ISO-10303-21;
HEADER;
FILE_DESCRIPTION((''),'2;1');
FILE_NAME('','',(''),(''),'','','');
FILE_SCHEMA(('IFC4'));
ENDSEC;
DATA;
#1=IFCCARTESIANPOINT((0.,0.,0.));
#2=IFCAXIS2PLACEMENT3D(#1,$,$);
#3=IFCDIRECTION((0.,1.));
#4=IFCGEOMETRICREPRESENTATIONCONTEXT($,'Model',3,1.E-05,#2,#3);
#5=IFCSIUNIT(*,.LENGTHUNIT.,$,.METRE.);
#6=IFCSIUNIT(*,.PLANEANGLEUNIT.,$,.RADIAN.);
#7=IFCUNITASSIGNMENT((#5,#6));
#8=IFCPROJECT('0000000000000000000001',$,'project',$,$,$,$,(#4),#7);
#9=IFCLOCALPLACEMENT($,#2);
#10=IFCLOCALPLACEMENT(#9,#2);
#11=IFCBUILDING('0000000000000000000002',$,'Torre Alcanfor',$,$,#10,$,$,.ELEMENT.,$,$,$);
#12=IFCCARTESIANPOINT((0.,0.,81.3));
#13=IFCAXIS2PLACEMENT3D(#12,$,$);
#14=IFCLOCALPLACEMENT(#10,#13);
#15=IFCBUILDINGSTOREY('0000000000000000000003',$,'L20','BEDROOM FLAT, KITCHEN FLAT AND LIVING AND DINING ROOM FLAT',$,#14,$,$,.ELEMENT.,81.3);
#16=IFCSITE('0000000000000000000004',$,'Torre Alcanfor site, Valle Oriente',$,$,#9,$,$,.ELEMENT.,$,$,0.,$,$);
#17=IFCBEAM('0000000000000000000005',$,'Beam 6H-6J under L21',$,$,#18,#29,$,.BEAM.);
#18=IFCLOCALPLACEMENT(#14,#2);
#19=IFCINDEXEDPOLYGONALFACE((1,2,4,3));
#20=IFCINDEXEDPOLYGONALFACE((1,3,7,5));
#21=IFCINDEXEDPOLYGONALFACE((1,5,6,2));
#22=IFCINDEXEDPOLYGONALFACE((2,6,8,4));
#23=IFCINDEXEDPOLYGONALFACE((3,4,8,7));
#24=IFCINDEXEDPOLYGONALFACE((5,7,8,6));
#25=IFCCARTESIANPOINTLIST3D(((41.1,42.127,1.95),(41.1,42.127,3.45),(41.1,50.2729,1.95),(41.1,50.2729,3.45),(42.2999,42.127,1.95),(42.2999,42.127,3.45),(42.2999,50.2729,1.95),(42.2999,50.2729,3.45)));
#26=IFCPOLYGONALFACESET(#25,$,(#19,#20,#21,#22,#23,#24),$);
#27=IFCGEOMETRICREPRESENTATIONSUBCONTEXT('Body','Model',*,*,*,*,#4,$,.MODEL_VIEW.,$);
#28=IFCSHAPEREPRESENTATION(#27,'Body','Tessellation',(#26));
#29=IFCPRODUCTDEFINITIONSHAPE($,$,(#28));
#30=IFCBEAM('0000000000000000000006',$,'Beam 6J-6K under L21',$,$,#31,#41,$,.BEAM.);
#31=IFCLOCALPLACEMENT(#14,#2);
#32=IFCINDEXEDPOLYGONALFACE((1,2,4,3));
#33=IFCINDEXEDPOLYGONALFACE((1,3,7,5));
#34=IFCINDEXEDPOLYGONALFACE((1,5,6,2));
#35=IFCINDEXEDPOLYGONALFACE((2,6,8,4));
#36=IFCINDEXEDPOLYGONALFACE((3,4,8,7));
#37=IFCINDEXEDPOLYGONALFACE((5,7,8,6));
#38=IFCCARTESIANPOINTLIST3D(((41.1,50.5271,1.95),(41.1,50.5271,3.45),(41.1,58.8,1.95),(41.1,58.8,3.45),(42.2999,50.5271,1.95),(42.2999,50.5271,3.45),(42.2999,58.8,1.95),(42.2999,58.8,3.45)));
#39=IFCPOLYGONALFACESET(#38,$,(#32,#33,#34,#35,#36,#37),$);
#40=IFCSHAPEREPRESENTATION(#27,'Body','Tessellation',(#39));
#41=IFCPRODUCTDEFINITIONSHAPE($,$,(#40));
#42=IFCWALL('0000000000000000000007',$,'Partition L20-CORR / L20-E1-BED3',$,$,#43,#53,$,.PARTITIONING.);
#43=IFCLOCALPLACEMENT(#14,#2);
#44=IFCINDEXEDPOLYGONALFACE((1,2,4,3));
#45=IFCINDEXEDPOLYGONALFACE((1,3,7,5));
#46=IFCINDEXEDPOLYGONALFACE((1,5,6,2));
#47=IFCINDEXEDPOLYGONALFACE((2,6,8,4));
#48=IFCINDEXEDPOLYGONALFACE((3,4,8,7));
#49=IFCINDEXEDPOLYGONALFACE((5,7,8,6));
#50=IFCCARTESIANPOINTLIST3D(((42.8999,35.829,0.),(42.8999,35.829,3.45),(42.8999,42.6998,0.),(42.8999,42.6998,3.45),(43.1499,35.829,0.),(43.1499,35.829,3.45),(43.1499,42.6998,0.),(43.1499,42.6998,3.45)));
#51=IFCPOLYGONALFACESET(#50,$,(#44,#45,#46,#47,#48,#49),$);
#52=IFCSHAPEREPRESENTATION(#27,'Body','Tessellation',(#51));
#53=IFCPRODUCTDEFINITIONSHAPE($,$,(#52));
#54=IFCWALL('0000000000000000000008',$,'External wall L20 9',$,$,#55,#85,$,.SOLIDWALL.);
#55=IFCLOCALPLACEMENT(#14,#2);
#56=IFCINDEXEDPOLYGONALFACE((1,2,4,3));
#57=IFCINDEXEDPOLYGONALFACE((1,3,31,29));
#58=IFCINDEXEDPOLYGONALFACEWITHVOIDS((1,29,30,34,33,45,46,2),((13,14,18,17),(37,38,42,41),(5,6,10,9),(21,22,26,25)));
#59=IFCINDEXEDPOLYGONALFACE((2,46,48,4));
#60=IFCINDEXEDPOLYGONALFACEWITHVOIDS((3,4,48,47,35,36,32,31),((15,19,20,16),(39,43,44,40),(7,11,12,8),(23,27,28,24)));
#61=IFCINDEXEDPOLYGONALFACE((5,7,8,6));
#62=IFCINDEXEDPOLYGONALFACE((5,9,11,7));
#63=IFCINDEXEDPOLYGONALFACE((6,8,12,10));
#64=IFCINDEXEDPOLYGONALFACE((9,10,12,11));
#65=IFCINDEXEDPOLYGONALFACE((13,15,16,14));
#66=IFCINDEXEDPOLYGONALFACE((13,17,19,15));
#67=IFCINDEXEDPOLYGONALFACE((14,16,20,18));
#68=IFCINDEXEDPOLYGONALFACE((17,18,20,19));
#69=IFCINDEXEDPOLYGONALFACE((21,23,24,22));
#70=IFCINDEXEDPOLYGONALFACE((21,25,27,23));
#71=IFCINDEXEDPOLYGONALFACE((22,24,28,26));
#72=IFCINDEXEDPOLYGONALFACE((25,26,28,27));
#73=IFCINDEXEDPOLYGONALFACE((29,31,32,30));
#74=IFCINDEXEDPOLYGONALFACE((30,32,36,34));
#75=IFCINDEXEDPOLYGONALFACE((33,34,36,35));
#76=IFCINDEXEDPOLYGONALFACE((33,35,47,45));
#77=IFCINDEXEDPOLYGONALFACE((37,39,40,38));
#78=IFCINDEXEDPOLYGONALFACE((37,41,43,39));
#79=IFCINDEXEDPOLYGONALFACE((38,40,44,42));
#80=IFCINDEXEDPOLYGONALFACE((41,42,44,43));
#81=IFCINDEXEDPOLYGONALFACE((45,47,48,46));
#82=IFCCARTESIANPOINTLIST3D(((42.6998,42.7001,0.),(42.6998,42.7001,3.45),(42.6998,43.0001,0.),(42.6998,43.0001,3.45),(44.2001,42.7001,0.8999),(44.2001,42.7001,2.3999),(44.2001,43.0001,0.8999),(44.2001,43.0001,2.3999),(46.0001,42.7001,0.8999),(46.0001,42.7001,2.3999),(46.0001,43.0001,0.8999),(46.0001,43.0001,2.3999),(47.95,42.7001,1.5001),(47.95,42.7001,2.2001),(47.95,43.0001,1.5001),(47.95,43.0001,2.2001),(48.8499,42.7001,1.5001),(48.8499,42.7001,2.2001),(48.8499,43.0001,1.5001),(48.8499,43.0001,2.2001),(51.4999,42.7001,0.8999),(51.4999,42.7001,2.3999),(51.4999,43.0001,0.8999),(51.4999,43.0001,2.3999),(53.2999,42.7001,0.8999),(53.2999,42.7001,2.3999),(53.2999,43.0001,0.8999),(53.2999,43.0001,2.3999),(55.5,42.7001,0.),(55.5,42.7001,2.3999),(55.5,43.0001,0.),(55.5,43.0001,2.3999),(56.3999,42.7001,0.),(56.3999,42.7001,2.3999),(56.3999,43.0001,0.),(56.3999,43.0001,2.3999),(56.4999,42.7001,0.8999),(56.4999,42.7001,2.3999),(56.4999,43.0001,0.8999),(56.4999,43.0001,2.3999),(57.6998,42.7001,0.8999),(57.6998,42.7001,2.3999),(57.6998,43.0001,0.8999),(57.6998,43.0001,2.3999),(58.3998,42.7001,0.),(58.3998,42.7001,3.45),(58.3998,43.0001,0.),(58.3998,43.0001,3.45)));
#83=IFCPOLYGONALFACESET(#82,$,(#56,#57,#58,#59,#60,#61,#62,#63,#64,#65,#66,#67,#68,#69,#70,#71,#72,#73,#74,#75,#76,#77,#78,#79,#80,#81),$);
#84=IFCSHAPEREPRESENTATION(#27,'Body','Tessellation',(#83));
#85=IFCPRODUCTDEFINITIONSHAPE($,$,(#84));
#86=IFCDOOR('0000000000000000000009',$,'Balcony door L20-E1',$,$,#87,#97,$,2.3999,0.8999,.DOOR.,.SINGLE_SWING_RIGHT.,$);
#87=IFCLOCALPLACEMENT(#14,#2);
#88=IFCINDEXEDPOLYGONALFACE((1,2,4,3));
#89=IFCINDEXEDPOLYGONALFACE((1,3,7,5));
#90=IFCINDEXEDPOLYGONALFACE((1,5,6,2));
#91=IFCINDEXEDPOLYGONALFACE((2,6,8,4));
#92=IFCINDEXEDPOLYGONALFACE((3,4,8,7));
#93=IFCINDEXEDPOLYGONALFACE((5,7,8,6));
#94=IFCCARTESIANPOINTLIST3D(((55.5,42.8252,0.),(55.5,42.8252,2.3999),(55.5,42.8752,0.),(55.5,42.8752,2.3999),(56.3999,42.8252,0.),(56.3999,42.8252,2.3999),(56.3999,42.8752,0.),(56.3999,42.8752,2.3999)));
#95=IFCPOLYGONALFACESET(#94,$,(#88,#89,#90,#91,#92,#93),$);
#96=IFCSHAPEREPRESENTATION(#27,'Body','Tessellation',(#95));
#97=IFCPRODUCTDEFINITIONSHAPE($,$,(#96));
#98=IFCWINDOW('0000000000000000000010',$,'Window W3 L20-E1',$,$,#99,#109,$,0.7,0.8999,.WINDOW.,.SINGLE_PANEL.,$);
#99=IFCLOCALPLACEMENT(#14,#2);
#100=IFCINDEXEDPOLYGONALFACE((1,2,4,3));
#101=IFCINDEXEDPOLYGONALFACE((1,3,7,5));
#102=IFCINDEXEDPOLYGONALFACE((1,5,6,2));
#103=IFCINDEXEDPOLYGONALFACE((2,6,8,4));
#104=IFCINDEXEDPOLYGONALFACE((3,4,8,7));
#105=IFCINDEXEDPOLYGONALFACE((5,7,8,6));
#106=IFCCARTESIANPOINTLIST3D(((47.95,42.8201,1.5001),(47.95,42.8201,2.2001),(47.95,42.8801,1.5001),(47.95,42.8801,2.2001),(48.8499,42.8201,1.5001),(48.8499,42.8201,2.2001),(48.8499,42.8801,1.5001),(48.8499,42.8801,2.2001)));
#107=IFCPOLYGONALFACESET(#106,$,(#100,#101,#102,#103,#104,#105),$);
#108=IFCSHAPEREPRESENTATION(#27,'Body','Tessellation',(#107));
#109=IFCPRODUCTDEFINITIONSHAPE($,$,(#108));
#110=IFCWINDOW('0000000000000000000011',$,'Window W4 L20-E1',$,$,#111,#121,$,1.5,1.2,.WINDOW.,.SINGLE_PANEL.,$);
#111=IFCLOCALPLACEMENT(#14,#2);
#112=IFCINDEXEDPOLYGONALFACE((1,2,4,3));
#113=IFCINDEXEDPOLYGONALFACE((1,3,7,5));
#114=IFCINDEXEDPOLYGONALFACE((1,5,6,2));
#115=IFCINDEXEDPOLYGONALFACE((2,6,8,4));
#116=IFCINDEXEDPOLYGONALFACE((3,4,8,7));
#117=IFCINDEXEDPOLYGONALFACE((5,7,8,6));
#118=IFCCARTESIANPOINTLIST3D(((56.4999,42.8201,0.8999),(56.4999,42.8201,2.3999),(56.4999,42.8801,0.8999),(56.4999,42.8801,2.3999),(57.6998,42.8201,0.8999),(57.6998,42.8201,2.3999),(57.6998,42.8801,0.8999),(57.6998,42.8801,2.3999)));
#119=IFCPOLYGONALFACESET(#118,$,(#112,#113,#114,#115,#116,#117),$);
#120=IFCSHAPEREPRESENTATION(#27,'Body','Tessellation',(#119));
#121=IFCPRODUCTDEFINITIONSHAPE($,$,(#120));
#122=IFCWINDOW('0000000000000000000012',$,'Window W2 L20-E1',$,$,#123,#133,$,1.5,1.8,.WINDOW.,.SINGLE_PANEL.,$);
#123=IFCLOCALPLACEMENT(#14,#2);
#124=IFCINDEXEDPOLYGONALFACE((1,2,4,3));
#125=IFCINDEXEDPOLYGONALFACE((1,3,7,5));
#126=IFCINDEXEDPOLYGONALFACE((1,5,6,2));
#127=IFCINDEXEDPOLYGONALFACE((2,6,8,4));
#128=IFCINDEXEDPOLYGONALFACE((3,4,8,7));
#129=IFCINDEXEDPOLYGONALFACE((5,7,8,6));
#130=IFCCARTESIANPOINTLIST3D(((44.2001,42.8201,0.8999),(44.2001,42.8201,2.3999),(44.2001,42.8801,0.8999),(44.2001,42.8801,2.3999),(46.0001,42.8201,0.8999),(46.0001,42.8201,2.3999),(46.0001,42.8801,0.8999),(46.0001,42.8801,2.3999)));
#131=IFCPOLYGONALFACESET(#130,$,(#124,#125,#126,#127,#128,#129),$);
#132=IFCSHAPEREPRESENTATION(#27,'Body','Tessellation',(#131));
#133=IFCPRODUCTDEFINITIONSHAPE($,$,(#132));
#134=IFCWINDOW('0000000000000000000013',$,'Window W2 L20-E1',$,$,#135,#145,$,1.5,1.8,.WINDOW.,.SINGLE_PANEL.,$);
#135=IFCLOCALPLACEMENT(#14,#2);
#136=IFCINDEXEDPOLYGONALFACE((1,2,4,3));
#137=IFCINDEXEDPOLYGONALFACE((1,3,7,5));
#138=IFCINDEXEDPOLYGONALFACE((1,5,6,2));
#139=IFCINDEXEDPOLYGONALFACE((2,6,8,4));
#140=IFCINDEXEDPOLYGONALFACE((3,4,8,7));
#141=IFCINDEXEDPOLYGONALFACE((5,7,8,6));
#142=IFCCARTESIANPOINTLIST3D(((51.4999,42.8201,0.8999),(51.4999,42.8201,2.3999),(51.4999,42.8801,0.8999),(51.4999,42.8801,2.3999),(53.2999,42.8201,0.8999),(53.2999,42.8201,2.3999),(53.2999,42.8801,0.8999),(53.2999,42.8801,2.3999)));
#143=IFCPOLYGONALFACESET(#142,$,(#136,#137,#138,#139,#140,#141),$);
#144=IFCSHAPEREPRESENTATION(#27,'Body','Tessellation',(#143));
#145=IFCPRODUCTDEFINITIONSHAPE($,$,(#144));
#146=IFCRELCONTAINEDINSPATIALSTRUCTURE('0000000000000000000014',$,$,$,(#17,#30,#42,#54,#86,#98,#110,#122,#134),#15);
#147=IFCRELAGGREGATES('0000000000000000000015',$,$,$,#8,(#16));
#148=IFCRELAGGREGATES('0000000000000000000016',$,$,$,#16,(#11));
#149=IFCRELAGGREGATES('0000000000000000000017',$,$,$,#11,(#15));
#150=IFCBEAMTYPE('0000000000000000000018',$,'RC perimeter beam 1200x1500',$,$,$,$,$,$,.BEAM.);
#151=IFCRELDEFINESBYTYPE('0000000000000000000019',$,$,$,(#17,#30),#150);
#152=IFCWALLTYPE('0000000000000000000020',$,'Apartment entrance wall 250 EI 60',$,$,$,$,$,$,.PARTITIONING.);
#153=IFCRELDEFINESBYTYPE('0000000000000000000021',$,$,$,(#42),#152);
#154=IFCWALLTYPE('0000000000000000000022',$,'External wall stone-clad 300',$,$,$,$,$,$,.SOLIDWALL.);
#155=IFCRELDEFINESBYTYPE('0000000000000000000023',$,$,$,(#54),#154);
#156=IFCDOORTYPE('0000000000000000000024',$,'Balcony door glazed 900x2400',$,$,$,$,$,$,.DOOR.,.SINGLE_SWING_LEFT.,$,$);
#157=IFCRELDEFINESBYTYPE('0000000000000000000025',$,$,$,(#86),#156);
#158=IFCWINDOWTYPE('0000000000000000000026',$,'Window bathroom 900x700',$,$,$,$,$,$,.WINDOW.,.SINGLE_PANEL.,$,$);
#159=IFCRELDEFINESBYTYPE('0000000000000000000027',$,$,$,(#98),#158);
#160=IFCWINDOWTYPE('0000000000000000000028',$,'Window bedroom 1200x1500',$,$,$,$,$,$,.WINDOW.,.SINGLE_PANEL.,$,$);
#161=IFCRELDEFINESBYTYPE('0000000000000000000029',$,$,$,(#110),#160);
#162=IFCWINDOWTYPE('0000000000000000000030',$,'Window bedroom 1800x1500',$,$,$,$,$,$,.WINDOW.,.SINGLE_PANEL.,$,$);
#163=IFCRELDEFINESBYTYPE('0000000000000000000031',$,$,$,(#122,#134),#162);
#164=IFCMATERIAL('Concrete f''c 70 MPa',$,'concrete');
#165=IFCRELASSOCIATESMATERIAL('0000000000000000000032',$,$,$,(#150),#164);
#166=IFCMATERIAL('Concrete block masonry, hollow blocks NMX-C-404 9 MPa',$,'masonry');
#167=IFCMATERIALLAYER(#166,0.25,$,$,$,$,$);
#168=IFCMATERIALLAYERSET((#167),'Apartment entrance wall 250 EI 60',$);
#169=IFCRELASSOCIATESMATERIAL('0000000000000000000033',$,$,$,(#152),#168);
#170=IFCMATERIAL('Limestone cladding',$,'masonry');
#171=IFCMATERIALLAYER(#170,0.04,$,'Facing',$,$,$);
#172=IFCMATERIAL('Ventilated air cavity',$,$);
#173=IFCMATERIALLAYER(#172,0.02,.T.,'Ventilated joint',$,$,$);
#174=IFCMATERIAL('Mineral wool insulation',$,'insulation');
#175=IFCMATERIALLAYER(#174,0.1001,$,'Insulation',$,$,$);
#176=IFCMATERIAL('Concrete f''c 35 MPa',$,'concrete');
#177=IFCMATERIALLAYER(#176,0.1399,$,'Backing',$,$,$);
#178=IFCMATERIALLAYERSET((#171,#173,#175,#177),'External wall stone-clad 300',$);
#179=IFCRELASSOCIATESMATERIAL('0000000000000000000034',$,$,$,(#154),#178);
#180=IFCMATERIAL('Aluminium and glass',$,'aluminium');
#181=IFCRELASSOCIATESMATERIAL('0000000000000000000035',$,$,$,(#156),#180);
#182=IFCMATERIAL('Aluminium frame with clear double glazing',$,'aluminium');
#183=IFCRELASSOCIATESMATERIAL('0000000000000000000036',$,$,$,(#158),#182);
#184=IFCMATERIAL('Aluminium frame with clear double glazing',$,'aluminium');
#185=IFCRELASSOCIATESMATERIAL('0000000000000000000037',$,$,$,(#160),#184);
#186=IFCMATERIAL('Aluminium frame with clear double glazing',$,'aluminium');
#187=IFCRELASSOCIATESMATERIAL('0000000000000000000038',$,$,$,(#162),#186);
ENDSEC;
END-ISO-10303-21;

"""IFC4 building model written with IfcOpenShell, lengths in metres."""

from ifc_helpers import new_model, si_unit, direction, frame, frame_2d, origin, origin_2d, place, context, subcontext, project, spatial, rectangle, extrude, material, layer, layer_set, material_profile, profile_set, type_object, element, fill, save


model = new_model("IFC4")

# Units and contexts
model_context = context("Model", 3, precision=1e-05, world=origin(), true_north=direction((0.0, 1.0)))
body_context = subcontext(model_context, "Body", "Model", "MODEL_VIEW")
ifc_project = project(units=[si_unit("LENGTHUNIT", "METRE"), si_unit("PLANEANGLEUNIT", "RADIAN")], contexts=[model_context])

# Site, building, storey
site_placement = place(None, origin())
site = spatial("IfcSite", under=ifc_project, at=site_placement, Name="Torre Alcanfor site, Valle Oriente", CompositionType="ELEMENT", RefElevation=0.0)
building_placement = place(site_placement, origin())
building = spatial("IfcBuilding", under=site, at=building_placement, Name="Torre Alcanfor", CompositionType="ELEMENT")
storey_placement = place(building_placement, frame((0.0, 0.0, 81.3)))
storey = spatial("IfcBuildingStorey", under=building, at=storey_placement, Name="L20", Description="BEDROOM FLAT, KITCHEN FLAT AND LIVING AND DINING ROOM FLAT", CompositionType="ELEMENT", Elevation=81.3)

# Beams
ifc_material_1 = material(Name="Concrete f'c 70 MPa", Category="concrete")
ifc_material_profile_1 = material_profile(ifc_material_1, rectangle(XDim=1.2, YDim=1.5, at=origin_2d()), Name="1200x1500")
ifc_profile_set_1 = profile_set([ifc_material_profile_1], Name="Concrete f'c 70 MPa")
beam_type_1 = type_object("IfcBeamType", Name="RC perimeter beam 1200x1500", PredefinedType="BEAM", material=ifc_profile_set_1)
beam_1_placement = place(storey_placement, frame((41.7, 42.127, 2.7), z_axis=(0.0, 1.0, 0.0), x_axis=(-1.0, 0.0, 0.0)))
element("IfcBeam", 1, at=beam_1_placement, inside=storey, type_object=beam_type_1, Name="Beam 6H-6J under L21", PredefinedType="BEAM", context=body_context, shape_type="SweptSolid", body=[
    extrude(rectangle(XDim=1.2, YDim=1.5, at=origin_2d()), origin(), (0.0, 0.0, 1.0), 8.146),
])
beam_2_placement = place(storey_placement, frame((41.7, 50.5271, 2.7), z_axis=(0.0, 1.0, 0.0), x_axis=(-1.0, 0.0, 0.0)))
element("IfcBeam", 2, at=beam_2_placement, inside=storey, type_object=beam_type_1, Name="Beam 6J-6K under L21", PredefinedType="BEAM", context=body_context, shape_type="SweptSolid", body=[
    extrude(rectangle(XDim=1.2, YDim=1.5, at=origin_2d()), origin(), (0.0, 0.0, 1.0), 8.2729),
])

# Wall
ifc_material_2 = material(Name="Concrete block masonry, hollow blocks NMX-C-404 9 MPa", Category="masonry")
ifc_layer_1 = layer(ifc_material_2, 0.25)
ifc_layer_set_1 = layer_set([ifc_layer_1], Name="Apartment entrance wall 250 EI 60")
wall_type_1 = type_object("IfcWallType", Name="Apartment entrance wall 250 EI 60", PredefinedType="PARTITIONING", material=ifc_layer_set_1)
wall_1_placement = place(storey_placement, frame((43.0249, 42.7, 0.0), z_axis=(0.0, 0.0, 1.0), x_axis=(0.0, -1.0, 0.0)))
element("IfcWall", 3, at=wall_1_placement, inside=storey, type_object=wall_type_1, Name="Partition L20-CORR / L20-E1-BED3", PredefinedType="PARTITIONING", context=body_context, shape_type="SweptSolid", body=[
    extrude(rectangle(XDim=6.8708, YDim=0.25, at=frame_2d((3.4355, 0.0))), origin(), (0.0, 0.0, 1.0), 3.45),
])

# Wall, openings, door, windows
ifc_material_3 = material(Name="Limestone cladding", Category="masonry")
ifc_layer_2 = layer(ifc_material_3, 0.04, Name="Facing")
ifc_material_4 = material(Name="Ventilated air cavity")
ifc_layer_3 = layer(ifc_material_4, 0.02, ventilated=True, Name="Ventilated joint")
ifc_material_5 = material(Name="Mineral wool insulation", Category="insulation")
ifc_layer_4 = layer(ifc_material_5, 0.1001, Name="Insulation")
ifc_material_6 = material(Name="Concrete f'c 35 MPa", Category="concrete")
ifc_layer_5 = layer(ifc_material_6, 0.1399, Name="Backing")
ifc_layer_set_2 = layer_set([ifc_layer_2, ifc_layer_3, ifc_layer_4, ifc_layer_5], Name="External wall stone-clad 300")
wall_type_2 = type_object("IfcWallType", Name="External wall stone-clad 300", PredefinedType="SOLIDWALL", material=ifc_layer_set_2)
wall_2_placement = place(storey_placement, frame((58.3999, 42.8501, 0.0), z_axis=(0.0, 0.0, 1.0), x_axis=(-1.0, 0.0, 0.0)))
wall_2 = element("IfcWall", 4, at=wall_2_placement, inside=storey, type_object=wall_type_2, Name="External wall L20 9", PredefinedType="SOLIDWALL", context=body_context, shape_type="SweptSolid", body=[
    extrude(rectangle(XDim=15.7, YDim=0.3, at=frame_2d((7.8501, 0.0))), origin(), (0.0, 0.0, 1.0), 3.45),
])
opening_1_placement = place(wall_2_placement, frame((12.3999, 0.0, 0.8999)))
opening_1 = element("IfcOpeningElement", 5, at=opening_1_placement, cuts=wall_2, PredefinedType="OPENING", context=body_context, shape_type="SweptSolid", body=[
    extrude(rectangle(XDim=1.8, YDim=1.5, at=frame_2d((0.8999, 0.75))), frame((0.0, 0.1599, 0.0), z_axis=(0.0, -1.0, 0.0), x_axis=(1.0, 0.0, 0.0)), (0.0, 0.0, 1.0), 0.3201),
])
opening_2_placement = place(wall_2_placement, frame((9.55, 0.0, 1.5)))
opening_2 = element("IfcOpeningElement", 6, at=opening_2_placement, cuts=wall_2, PredefinedType="OPENING", context=body_context, shape_type="SweptSolid", body=[
    extrude(rectangle(XDim=0.8999, YDim=0.7, at=frame_2d((0.45, 0.3501))), frame((0.0, 0.1599, 0.0), z_axis=(0.0, -1.0, 0.0), x_axis=(1.0, 0.0, 0.0)), (0.0, 0.0, 1.0), 0.3201),
])
opening_3_placement = place(wall_2_placement, frame((5.1001, 0.0, 0.8999)))
opening_3 = element("IfcOpeningElement", 7, at=opening_3_placement, cuts=wall_2, PredefinedType="OPENING", context=body_context, shape_type="SweptSolid", body=[
    extrude(rectangle(XDim=1.8, YDim=1.5, at=frame_2d((0.8999, 0.75))), frame((0.0, 0.1599, 0.0), z_axis=(0.0, -1.0, 0.0), x_axis=(1.0, 0.0, 0.0)), (0.0, 0.0, 1.0), 0.3201),
])
opening_4_placement = place(wall_2_placement, frame((2.0, 0.0, 0.0)))
opening_4 = element("IfcOpeningElement", 8, at=opening_4_placement, cuts=wall_2, PredefinedType="OPENING", context=body_context, shape_type="SweptSolid", body=[
    extrude(rectangle(XDim=0.8999, YDim=2.3999, at=frame_2d((0.45, 1.2))), frame((0.0, 0.1599, 0.0), z_axis=(0.0, -1.0, 0.0), x_axis=(1.0, 0.0, 0.0)), (0.0, 0.0, 1.0), 0.3201),
])
opening_5_placement = place(wall_2_placement, frame((0.7, 0.0, 0.8999)))
opening_5 = element("IfcOpeningElement", 9, at=opening_5_placement, cuts=wall_2, PredefinedType="OPENING", context=body_context, shape_type="SweptSolid", body=[
    extrude(rectangle(XDim=1.2, YDim=1.5, at=frame_2d((0.6001, 0.75))), frame((0.0, 0.1599, 0.0), z_axis=(0.0, -1.0, 0.0), x_axis=(1.0, 0.0, 0.0)), (0.0, 0.0, 1.0), 0.3201),
])
ifc_material_7 = material(Name="Aluminium and glass", Category="aluminium")
door_type = type_object("IfcDoorType", Name="Balcony door glazed 900x2400", OperationType="SINGLE_SWING_LEFT", PredefinedType="DOOR", material=ifc_material_7)
door_1_placement = place(opening_4_placement, origin())
door_1 = element("IfcDoor", 10, at=door_1_placement, inside=storey, type_object=door_type, Name="Balcony door L20-E1", OperationType="SINGLE_SWING_RIGHT", OverallHeight=2.3999, OverallWidth=0.8999, PredefinedType="DOOR", context=body_context, shape_type="SweptSolid", body=[
    extrude(rectangle(XDim=0.8999, YDim=2.3999, at=frame_2d((0.45, 1.2))), frame((0.0, 0.0249, 0.0), z_axis=(0.0, -1.0, 0.0), x_axis=(1.0, 0.0, 0.0)), (0.0, 0.0, 1.0), 0.05),
])
fill(opening_4, door_1)
ifc_material_8 = material(Name="Aluminium frame with clear double glazing", Category="aluminium")
window_type_1 = type_object("IfcWindowType", Name="Window bathroom 900x700", PartitioningType="SINGLE_PANEL", PredefinedType="WINDOW", material=ifc_material_8)
window_1_placement = place(opening_2_placement, origin())
window_1 = element("IfcWindow", 11, at=window_1_placement, inside=storey, type_object=window_type_1, Name="Window W3 L20-E1", OverallHeight=0.7, OverallWidth=0.8999, PartitioningType="SINGLE_PANEL", PredefinedType="WINDOW", context=body_context, shape_type="SweptSolid", body=[
    extrude(rectangle(XDim=0.8999, YDim=0.7, at=frame_2d((0.45, 0.3501))), frame((0.0, 0.03, 0.0), z_axis=(0.0, -1.0, 0.0), x_axis=(1.0, 0.0, 0.0)), (0.0, 0.0, 1.0), 0.0601),
])
fill(opening_2, window_1)
ifc_material_9 = material(Name="Aluminium frame with clear double glazing", Category="aluminium")
window_type_2 = type_object("IfcWindowType", Name="Window bedroom 1200x1500", PartitioningType="SINGLE_PANEL", PredefinedType="WINDOW", material=ifc_material_9)
window_2_placement = place(opening_5_placement, origin())
window_2 = element("IfcWindow", 12, at=window_2_placement, inside=storey, type_object=window_type_2, Name="Window W4 L20-E1", OverallHeight=1.5, OverallWidth=1.2, PartitioningType="SINGLE_PANEL", PredefinedType="WINDOW", context=body_context, shape_type="SweptSolid", body=[
    extrude(rectangle(XDim=1.2, YDim=1.5, at=frame_2d((0.6001, 0.75))), frame((0.0, 0.03, 0.0), z_axis=(0.0, -1.0, 0.0), x_axis=(1.0, 0.0, 0.0)), (0.0, 0.0, 1.0), 0.0601),
])
fill(opening_5, window_2)
ifc_material_10 = material(Name="Aluminium frame with clear double glazing", Category="aluminium")
window_type_3 = type_object("IfcWindowType", Name="Window bedroom 1800x1500", PartitioningType="SINGLE_PANEL", PredefinedType="WINDOW", material=ifc_material_10)
window_3_placement = place(opening_1_placement, origin())
window_3 = element("IfcWindow", 13, at=window_3_placement, inside=storey, type_object=window_type_3, Name="Window W2 L20-E1", OverallHeight=1.5, OverallWidth=1.8, PartitioningType="SINGLE_PANEL", PredefinedType="WINDOW", context=body_context, shape_type="SweptSolid", body=[
    extrude(rectangle(XDim=1.8, YDim=1.5, at=frame_2d((0.8999, 0.75))), frame((0.0, 0.03, 0.0), z_axis=(0.0, -1.0, 0.0), x_axis=(1.0, 0.0, 0.0)), (0.0, 0.0, 1.0), 0.0601),
])
fill(opening_1, window_3)
window_4_placement = place(opening_3_placement, origin())
window_4 = element("IfcWindow", 14, at=window_4_placement, inside=storey, type_object=window_type_3, Name="Window W2 L20-E1", OverallHeight=1.5, OverallWidth=1.8, PartitioningType="SINGLE_PANEL", PredefinedType="WINDOW", context=body_context, shape_type="SweptSolid", body=[
    extrude(rectangle(XDim=1.8, YDim=1.5, at=frame_2d((0.8999, 0.75))), frame((0.0, 0.03, 0.0), z_axis=(0.0, -1.0, 0.0), x_axis=(1.0, 0.0, 0.0)), (0.0, 0.0, 1.0), 0.0601),
])
fill(opening_3, window_4)

save(model, "model.ifc")
